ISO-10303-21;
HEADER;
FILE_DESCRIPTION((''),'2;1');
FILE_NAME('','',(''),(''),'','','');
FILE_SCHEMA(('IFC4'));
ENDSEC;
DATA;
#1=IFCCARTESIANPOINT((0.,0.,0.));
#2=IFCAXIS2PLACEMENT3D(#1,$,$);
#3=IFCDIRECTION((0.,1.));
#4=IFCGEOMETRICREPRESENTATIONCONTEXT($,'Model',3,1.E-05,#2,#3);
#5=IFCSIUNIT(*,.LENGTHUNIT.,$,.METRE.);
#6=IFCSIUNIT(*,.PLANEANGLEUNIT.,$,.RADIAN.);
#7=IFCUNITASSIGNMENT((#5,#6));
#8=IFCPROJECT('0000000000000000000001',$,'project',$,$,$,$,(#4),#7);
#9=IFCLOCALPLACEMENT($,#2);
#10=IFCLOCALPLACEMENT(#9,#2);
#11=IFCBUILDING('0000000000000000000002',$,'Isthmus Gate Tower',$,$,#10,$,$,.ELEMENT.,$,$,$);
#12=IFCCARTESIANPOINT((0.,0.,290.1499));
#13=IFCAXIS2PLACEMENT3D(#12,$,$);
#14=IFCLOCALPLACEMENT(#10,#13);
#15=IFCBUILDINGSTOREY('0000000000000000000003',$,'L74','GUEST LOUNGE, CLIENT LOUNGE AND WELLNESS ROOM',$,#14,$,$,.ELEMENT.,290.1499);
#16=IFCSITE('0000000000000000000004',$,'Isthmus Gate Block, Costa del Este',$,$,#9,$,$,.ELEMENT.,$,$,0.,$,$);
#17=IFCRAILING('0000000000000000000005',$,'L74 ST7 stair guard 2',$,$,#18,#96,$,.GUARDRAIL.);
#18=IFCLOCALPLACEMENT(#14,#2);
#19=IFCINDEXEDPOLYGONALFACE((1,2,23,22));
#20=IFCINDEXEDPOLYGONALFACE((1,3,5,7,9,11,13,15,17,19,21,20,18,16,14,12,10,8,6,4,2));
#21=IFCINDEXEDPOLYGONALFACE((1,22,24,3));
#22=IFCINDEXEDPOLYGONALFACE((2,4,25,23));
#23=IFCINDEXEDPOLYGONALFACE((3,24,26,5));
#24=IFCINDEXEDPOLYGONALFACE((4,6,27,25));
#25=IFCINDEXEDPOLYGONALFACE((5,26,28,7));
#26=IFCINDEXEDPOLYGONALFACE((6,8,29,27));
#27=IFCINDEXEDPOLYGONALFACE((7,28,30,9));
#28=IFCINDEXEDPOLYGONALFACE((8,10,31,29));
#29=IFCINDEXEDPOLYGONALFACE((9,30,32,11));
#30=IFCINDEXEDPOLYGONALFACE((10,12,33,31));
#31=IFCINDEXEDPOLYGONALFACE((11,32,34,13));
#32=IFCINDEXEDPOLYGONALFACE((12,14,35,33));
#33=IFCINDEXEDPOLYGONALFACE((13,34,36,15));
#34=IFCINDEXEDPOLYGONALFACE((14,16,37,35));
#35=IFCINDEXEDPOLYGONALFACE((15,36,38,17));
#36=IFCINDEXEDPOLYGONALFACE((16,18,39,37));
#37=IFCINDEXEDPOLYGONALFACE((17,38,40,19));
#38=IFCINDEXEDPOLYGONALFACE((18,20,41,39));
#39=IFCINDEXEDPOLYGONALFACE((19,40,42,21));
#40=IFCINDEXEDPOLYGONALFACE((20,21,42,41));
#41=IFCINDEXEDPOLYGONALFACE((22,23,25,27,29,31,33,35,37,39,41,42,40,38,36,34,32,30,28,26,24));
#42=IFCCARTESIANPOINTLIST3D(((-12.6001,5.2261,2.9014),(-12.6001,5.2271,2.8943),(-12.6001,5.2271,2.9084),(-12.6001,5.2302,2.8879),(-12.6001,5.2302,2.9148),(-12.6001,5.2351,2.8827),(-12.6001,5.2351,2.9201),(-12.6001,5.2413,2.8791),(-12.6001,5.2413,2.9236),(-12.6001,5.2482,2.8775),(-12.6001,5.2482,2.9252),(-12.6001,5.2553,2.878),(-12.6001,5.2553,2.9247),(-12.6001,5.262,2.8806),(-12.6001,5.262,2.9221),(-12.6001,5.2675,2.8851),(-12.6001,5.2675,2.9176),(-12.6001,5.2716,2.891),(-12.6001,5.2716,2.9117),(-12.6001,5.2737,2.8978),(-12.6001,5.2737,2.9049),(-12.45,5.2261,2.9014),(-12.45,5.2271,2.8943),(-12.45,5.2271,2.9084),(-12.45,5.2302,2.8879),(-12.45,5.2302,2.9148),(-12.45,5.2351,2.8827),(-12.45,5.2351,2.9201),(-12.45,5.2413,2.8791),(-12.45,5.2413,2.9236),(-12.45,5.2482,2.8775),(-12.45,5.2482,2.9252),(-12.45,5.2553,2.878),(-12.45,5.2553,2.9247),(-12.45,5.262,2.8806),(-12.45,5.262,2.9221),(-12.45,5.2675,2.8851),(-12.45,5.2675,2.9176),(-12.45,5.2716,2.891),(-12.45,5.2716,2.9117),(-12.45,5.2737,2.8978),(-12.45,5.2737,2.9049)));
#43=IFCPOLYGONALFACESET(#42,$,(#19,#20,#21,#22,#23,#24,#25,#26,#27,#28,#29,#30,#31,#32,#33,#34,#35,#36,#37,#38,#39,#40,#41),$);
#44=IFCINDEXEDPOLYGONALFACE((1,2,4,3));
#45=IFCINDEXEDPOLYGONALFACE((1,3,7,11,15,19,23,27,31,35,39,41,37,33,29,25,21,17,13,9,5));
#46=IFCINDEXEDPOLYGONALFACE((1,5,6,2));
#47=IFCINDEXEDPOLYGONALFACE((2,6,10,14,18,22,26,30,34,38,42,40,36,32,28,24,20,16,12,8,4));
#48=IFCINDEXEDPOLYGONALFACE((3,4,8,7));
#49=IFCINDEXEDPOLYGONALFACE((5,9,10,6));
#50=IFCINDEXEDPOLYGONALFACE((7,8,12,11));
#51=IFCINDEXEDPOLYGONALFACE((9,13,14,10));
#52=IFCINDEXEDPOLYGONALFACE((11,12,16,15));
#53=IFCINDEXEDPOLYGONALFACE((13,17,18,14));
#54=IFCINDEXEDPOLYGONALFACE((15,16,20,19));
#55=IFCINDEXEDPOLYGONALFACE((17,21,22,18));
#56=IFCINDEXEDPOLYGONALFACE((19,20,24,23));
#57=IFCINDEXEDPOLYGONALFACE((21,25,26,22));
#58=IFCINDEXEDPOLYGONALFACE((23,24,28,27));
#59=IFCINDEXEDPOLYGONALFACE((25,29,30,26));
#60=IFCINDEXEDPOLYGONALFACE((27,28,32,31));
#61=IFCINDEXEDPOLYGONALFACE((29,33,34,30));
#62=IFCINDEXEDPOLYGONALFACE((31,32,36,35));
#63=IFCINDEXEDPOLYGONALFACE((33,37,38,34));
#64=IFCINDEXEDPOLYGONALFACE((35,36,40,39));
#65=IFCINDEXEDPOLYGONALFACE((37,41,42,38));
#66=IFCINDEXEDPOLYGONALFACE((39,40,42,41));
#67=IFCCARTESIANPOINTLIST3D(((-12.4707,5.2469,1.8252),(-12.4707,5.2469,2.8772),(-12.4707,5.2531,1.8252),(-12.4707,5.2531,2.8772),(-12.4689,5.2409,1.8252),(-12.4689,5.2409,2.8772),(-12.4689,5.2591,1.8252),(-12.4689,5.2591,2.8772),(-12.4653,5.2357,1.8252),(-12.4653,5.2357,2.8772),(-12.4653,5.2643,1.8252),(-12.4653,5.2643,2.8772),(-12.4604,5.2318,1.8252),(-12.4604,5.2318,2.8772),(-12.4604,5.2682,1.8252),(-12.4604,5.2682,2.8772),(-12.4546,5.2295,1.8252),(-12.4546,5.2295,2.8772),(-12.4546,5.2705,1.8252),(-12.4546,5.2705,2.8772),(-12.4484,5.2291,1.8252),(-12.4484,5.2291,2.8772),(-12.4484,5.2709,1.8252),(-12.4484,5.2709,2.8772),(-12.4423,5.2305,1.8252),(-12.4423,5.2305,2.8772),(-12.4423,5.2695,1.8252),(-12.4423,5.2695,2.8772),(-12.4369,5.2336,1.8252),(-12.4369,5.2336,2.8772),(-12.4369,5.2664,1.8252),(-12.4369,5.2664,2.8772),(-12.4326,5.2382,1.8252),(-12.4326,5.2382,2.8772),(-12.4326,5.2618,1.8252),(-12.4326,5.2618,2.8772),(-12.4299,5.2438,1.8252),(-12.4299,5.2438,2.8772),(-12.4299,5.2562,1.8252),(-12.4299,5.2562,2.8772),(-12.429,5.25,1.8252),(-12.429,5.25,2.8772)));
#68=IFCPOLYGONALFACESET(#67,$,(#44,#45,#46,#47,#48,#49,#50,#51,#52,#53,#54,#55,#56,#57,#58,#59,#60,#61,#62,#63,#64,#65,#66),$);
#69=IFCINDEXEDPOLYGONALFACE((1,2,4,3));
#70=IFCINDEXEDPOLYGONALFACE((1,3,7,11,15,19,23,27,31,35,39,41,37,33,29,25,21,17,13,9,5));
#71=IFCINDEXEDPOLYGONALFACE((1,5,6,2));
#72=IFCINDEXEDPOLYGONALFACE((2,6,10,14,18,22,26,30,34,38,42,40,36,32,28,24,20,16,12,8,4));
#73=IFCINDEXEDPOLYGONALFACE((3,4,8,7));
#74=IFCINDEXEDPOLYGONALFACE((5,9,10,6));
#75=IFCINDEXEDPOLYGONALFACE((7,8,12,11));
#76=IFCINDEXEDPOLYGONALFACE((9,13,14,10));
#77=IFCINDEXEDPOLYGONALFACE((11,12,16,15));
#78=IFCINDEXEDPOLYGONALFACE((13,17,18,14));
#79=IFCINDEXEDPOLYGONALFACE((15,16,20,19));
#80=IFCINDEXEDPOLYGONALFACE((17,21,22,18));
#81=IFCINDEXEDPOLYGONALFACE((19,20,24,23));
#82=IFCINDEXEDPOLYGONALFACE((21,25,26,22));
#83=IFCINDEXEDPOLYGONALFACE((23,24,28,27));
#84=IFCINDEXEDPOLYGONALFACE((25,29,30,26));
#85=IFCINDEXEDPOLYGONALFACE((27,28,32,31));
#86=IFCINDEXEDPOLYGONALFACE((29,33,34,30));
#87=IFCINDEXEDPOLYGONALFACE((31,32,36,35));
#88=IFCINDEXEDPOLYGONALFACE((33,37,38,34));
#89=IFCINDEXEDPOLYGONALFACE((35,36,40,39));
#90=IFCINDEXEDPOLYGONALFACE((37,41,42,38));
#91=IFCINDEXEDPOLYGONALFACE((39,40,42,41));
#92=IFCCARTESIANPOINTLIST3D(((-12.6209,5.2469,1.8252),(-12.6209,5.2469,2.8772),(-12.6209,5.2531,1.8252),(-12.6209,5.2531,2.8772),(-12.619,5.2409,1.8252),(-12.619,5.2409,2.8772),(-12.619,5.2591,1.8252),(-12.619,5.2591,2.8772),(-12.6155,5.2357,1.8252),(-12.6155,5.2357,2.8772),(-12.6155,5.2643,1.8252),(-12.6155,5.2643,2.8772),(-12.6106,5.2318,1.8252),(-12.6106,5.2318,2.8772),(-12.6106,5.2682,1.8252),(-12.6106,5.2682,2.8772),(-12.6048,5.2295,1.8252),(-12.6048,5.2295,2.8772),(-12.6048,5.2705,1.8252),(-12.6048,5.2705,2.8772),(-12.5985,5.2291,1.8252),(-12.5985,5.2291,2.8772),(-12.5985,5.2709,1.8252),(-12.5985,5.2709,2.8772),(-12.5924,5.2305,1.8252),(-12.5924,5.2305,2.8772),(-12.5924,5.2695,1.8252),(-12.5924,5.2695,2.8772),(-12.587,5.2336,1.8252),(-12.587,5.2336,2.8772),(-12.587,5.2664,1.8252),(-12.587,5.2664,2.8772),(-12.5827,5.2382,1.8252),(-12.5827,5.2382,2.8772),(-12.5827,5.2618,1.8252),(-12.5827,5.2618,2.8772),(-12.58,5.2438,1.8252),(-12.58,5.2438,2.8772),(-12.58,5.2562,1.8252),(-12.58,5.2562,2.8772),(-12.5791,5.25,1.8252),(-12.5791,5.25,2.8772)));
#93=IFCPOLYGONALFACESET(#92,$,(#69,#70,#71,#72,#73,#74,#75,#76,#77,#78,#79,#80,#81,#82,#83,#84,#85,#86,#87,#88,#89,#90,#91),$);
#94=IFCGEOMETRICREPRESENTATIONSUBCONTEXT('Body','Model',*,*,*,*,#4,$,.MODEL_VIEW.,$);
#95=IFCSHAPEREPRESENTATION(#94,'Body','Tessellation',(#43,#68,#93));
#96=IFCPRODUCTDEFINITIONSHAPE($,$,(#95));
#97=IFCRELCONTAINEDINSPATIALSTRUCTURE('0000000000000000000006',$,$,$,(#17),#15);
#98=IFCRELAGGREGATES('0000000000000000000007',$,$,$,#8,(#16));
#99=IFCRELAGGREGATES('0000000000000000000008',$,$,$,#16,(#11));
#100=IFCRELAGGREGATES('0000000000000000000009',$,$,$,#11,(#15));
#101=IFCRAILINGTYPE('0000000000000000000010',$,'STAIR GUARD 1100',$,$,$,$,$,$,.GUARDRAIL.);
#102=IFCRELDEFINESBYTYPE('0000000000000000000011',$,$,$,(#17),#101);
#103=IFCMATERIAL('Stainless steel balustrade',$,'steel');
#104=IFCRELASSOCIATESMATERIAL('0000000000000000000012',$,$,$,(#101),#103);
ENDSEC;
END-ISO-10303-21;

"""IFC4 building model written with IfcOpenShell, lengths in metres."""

from ifc_helpers import new_model, si_unit, direction, frame, origin, origin_2d, place, context, subcontext, project, spatial, circle, extrude, material, type_object, element, save


model = new_model("IFC4")

# Units and contexts
model_context = context("Model", 3, precision=1e-05, world=origin(), true_north=direction((0.0, 1.0)))
body_context = subcontext(model_context, "Body", "Model", "MODEL_VIEW")
ifc_project = project(units=[si_unit("LENGTHUNIT", "METRE"), si_unit("PLANEANGLEUNIT", "RADIAN")], contexts=[model_context])

# Site, building, storey
site_placement = place(None, origin())
site = spatial("IfcSite", under=ifc_project, at=site_placement, Name="Isthmus Gate Block, Costa del Este", CompositionType="ELEMENT", RefElevation=0.0)
building_placement = place(site_placement, origin())
building = spatial("IfcBuilding", under=site, at=building_placement, Name="Isthmus Gate Tower", CompositionType="ELEMENT")
storey_placement = place(building_placement, frame((0.0, 0.0, 290.1499)))
storey = spatial("IfcBuildingStorey", under=building, at=storey_placement, Name="L74", Description="GUEST LOUNGE, CLIENT LOUNGE AND WELLNESS ROOM", CompositionType="ELEMENT", Elevation=290.1499)

# Railing
ifc_material_1 = material(Name="Stainless steel balustrade", Category="steel")
railing_type_1 = type_object("IfcRailingType", Name="STAIR GUARD 1100", PredefinedType="GUARDRAIL", material=ifc_material_1)
railing_1_placement = place(storey_placement, frame((-12.45, 5.25, 1.8252)))
element("IfcRailing", 1, at=railing_1_placement, inside=storey, type_object=railing_type_1, Name="L74 ST7 stair guard 2", PredefinedType="GUARDRAIL", context=body_context, shape_type="SweptSolid", body=[
    extrude(circle(Radius=0.0239, at=origin_2d()), frame((0.0, 0.0, 1.0762), z_axis=(-1.0, 0.0, 0.0), x_axis=(0.0, -1.0, 0.0)), (0.0, 0.0, 1.0), 0.1501),
    extrude(circle(Radius=0.021, at=origin_2d()), origin(), (0.0, 0.0, 1.0), 1.052),
    extrude(circle(Radius=0.021, at=origin_2d()), frame((-0.1501, 0.0, 0.0)), (0.0, 0.0, 1.0), 1.052),
])

save(model, "model.ifc")
